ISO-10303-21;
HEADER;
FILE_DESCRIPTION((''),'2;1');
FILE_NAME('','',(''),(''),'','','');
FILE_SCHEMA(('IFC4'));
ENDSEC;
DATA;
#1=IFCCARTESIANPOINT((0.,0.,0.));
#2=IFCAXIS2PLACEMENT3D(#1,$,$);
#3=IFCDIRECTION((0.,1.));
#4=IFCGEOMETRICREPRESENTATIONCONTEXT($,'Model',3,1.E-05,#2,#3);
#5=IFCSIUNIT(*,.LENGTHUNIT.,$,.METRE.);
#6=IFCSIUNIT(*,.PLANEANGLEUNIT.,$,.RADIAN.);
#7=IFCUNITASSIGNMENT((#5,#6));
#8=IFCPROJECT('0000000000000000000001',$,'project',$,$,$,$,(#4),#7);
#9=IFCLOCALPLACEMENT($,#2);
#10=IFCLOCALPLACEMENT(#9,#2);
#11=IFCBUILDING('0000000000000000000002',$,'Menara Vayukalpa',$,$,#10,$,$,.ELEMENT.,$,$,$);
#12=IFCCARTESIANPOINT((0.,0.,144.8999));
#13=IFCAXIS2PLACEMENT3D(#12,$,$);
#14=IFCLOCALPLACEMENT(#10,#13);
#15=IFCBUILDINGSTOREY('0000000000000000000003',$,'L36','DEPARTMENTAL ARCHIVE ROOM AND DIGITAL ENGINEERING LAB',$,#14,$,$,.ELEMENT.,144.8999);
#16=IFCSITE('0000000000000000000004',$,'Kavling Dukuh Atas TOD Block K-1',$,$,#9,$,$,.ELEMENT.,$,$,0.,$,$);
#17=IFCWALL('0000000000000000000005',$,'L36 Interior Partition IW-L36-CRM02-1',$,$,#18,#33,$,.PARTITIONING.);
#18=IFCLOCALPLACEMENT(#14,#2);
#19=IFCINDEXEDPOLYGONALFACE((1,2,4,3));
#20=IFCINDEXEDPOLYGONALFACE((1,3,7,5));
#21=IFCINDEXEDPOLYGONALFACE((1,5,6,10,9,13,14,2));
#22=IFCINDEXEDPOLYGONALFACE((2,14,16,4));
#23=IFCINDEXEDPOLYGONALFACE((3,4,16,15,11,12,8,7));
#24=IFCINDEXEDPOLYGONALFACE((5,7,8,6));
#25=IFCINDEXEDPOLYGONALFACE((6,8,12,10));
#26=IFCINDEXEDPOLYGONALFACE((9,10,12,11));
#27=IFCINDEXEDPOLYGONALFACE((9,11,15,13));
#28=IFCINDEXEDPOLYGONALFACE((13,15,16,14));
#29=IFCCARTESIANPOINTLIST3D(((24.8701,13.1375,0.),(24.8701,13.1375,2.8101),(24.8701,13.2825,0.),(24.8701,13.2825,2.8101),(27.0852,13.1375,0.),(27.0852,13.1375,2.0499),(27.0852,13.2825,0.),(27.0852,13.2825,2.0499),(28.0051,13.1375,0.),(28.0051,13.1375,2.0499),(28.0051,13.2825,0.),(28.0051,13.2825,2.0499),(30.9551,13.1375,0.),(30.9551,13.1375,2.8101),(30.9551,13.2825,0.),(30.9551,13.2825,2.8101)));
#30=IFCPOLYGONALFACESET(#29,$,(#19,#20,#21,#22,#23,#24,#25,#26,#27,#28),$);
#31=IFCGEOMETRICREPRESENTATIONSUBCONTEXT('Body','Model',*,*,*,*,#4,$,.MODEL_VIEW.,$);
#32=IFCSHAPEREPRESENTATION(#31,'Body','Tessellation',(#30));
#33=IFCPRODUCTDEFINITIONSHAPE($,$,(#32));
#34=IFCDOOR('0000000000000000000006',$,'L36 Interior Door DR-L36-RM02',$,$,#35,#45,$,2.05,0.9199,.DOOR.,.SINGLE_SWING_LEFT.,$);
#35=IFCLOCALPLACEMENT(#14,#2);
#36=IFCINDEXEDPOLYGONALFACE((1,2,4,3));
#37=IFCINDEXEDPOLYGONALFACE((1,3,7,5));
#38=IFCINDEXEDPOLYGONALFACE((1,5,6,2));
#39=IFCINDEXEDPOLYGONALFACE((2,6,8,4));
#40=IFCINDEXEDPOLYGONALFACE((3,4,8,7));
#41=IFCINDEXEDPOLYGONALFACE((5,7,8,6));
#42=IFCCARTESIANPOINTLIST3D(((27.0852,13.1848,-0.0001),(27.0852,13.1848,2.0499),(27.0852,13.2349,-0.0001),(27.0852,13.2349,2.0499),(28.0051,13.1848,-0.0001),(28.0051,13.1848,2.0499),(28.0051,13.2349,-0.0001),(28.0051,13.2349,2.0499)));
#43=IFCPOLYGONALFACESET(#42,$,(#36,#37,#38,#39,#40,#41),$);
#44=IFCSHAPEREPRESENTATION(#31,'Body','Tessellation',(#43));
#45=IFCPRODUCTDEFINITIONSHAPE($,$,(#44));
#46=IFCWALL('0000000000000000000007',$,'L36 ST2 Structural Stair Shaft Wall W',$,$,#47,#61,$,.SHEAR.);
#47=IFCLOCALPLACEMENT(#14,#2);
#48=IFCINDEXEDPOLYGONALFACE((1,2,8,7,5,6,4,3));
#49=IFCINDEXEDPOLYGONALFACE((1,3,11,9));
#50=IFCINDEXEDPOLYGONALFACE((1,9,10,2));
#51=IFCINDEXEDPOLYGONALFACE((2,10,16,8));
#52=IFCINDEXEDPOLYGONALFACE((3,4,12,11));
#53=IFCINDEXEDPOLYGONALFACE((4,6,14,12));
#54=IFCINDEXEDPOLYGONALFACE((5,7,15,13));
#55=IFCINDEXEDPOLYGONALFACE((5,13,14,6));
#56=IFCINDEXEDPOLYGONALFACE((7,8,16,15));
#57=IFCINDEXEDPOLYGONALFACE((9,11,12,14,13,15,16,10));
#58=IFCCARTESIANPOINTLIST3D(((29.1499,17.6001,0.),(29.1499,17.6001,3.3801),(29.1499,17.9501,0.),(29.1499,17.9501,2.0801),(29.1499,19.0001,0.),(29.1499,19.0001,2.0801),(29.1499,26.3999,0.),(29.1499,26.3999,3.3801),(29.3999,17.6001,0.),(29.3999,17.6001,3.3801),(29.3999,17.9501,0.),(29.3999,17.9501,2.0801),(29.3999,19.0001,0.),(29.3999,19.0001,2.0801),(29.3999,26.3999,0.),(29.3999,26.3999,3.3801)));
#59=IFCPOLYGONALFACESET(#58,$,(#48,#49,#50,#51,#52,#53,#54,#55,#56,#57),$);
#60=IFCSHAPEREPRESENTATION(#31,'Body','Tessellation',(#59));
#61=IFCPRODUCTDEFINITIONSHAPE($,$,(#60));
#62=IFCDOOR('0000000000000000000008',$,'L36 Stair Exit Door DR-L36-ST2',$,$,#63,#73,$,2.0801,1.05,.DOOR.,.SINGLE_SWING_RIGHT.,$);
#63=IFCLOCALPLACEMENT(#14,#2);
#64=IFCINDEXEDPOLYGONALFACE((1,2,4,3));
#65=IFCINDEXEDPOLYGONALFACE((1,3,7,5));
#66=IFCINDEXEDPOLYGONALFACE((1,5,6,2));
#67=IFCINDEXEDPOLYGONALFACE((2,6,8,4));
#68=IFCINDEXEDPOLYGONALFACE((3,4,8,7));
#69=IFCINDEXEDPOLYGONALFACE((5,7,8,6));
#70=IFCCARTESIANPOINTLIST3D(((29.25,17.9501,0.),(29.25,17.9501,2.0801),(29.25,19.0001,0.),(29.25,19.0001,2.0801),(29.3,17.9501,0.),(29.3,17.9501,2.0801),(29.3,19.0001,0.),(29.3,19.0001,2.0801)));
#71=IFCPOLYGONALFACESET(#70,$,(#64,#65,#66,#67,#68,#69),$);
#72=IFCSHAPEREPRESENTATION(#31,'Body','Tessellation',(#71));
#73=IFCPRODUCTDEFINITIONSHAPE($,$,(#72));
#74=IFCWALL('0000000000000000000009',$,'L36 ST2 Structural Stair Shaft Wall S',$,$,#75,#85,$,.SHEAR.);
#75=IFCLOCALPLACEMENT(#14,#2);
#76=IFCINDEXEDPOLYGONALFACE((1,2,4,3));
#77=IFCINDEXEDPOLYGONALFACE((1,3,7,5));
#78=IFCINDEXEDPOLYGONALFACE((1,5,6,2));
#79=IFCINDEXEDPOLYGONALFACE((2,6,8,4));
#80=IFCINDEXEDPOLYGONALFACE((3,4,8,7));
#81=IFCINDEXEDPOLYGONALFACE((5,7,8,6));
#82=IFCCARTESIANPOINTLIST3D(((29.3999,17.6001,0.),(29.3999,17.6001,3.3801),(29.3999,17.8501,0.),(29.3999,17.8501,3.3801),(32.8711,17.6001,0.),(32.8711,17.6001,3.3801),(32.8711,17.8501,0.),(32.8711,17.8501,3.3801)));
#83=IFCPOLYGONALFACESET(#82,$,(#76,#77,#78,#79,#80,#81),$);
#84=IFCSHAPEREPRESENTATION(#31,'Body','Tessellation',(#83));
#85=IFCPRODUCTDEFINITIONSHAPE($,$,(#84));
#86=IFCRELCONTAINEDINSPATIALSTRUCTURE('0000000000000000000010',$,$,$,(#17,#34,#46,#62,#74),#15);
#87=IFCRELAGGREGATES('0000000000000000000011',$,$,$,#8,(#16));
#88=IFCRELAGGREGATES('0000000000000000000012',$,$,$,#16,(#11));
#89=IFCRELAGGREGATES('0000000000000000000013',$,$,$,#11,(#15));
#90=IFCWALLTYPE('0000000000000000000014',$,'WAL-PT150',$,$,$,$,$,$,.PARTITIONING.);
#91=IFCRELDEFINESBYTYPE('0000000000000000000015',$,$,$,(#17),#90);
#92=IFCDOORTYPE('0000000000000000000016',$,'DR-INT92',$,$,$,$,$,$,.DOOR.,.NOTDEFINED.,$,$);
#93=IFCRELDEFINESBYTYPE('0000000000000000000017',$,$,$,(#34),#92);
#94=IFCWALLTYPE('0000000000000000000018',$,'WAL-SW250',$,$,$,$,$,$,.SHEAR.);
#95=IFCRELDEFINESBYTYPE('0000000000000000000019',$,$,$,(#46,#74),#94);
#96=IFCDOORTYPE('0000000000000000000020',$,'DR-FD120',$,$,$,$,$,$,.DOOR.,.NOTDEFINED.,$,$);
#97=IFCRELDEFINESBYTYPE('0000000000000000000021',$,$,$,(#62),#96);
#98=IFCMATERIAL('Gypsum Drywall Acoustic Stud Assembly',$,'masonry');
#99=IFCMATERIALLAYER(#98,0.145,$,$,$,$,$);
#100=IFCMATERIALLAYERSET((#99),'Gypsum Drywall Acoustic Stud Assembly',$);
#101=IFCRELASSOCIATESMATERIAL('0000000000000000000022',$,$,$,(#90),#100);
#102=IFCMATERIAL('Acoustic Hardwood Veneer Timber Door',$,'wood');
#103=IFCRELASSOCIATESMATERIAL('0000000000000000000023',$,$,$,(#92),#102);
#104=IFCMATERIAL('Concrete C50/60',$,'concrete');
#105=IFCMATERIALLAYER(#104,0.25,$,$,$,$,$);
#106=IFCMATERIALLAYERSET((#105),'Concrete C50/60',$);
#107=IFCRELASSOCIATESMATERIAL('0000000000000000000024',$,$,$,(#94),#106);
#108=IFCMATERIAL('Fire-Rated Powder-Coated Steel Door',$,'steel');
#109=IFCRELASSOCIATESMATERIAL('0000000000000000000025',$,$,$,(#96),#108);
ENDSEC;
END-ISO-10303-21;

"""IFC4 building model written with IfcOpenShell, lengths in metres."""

from ifc_helpers import new_model, si_unit, direction, frame, frame_2d, origin, place, context, subcontext, project, spatial, rectangle, extrude, material, layer, layer_set, type_object, element, fill, save


model = new_model("IFC4")

# Units and contexts
model_context = context("Model", 3, precision=1e-05, world=origin(), true_north=direction((0.0, 1.0)))
body_context = subcontext(model_context, "Body", "Model", "MODEL_VIEW")
ifc_project = project(units=[si_unit("LENGTHUNIT", "METRE"), si_unit("PLANEANGLEUNIT", "RADIAN")], contexts=[model_context])

# Site, building, storey
site_placement = place(None, origin())
site = spatial("IfcSite", under=ifc_project, at=site_placement, Name="Kavling Dukuh Atas TOD Block K-1", CompositionType="ELEMENT", RefElevation=0.0)
building_placement = place(site_placement, origin())
building = spatial("IfcBuilding", under=site, at=building_placement, Name="Menara Vayukalpa", CompositionType="ELEMENT")
storey_placement = place(building_placement, frame((0.0, 0.0, 144.8999)))
storey = spatial("IfcBuildingStorey", under=building, at=storey_placement, Name="L36", Description="DEPARTMENTAL ARCHIVE ROOM AND DIGITAL ENGINEERING LAB", CompositionType="ELEMENT", Elevation=144.8999)

# Shared definitions
ifc_material_1 = material(Name="Gypsum Drywall Acoustic Stud Assembly", Category="masonry")
ifc_layer_1 = layer(ifc_material_1, 0.145)
ifc_layer_set_1 = layer_set([ifc_layer_1], Name="Gypsum Drywall Acoustic Stud Assembly")
wall_type_1 = type_object("IfcWallType", Name="WAL-PT150", PredefinedType="PARTITIONING", material=ifc_layer_set_1)
ifc_material_2 = material(Name="Acoustic Hardwood Veneer Timber Door", Category="wood")
door_type_1 = type_object("IfcDoorType", Name="DR-INT92", OperationType="NOTDEFINED", PredefinedType="DOOR", material=ifc_material_2)

# Walls, openings, doors
wall_1_placement = place(storey_placement, frame((24.8701, 13.21, 0.0), z_axis=(0.0, 0.0, 1.0), x_axis=(1.0, 0.0, 0.0)))
wall_1 = element("IfcWall", 1, at=wall_1_placement, inside=storey, type_object=wall_type_1, Name="L36 Interior Partition IW-L36-CRM02-1", PredefinedType="PARTITIONING", context=body_context, shape_type="SweptSolid", body=[
    extrude(rectangle(XDim=6.085, YDim=0.145, at=frame_2d((3.0425, 0.0))), origin(), (0.0, 0.0, 1.0), 2.8101),
])
opening_1_placement = place(wall_1_placement, frame((2.2151, 0.0, 0.0)))
opening_1 = element("IfcOpeningElement", 2, at=opening_1_placement, cuts=wall_1, PredefinedType="OPENING", context=body_context, shape_type="SweptSolid", body=[
    extrude(rectangle(XDim=0.9199, YDim=2.05, at=frame_2d((0.46, 1.0249))), frame((0.0, 0.0825, 0.0), z_axis=(0.0, -1.0, 0.0), x_axis=(1.0, 0.0, 0.0)), (0.0, 0.0, 1.0), 0.165),
])
door_1_placement = place(opening_1_placement, origin())
door_1 = element("IfcDoor", 3, at=door_1_placement, inside=storey, type_object=door_type_1, Name="L36 Interior Door DR-L36-RM02", OperationType="SINGLE_SWING_LEFT", OverallHeight=2.05, OverallWidth=0.9199, PredefinedType="DOOR", context=body_context, shape_type="SweptSolid", body=[
    extrude(rectangle(XDim=0.9199, YDim=2.05, at=frame_2d((0.46, 1.0249))), frame((0.0, 0.0249, 0.0), z_axis=(0.0, -1.0, 0.0), x_axis=(1.0, 0.0, 0.0)), (0.0, 0.0, 1.0), 0.05),
])
fill(opening_1, door_1)
ifc_material_3 = material(Name="Concrete C50/60", Category="concrete")
ifc_layer_2 = layer(ifc_material_3, 0.25)
ifc_layer_set_2 = layer_set([ifc_layer_2], Name="Concrete C50/60")
wall_type_2 = type_object("IfcWallType", Name="WAL-SW250", PredefinedType="SHEAR", material=ifc_layer_set_2)
wall_2_placement = place(storey_placement, frame((29.2749, 17.6001, 0.0), z_axis=(0.0, 0.0, 1.0), x_axis=(0.0, 1.0, 0.0)))
wall_2 = element("IfcWall", 4, at=wall_2_placement, inside=storey, type_object=wall_type_2, Name="L36 ST2 Structural Stair Shaft Wall W", PredefinedType="SHEAR", context=body_context, shape_type="SweptSolid", body=[
    extrude(rectangle(XDim=8.7998, YDim=0.25, at=frame_2d((4.3999, 0.0))), origin(), (0.0, 0.0, 1.0), 3.3801),
])
opening_2_placement = place(wall_2_placement, frame((0.3501, 0.0, 0.0)))
opening_2 = element("IfcOpeningElement", 5, at=opening_2_placement, cuts=wall_2, PredefinedType="OPENING", context=body_context, shape_type="SweptSolid", body=[
    extrude(rectangle(XDim=1.05, YDim=2.0801, at=frame_2d((0.5249, 1.04))), frame((0.0, 0.135, 0.0), z_axis=(0.0, -1.0, 0.0), x_axis=(1.0, 0.0, 0.0)), (0.0, 0.0, 1.0), 0.27),
])
ifc_material_4 = material(Name="Fire-Rated Powder-Coated Steel Door", Category="steel")
door_type_2 = type_object("IfcDoorType", Name="DR-FD120", OperationType="NOTDEFINED", PredefinedType="DOOR", material=ifc_material_4)
door_2_placement = place(opening_2_placement, origin())
door_2 = element("IfcDoor", 6, at=door_2_placement, inside=storey, type_object=door_type_2, Name="L36 Stair Exit Door DR-L36-ST2", OperationType="SINGLE_SWING_RIGHT", OverallHeight=2.0801, OverallWidth=1.05, PredefinedType="DOOR", context=body_context, shape_type="SweptSolid", body=[
    extrude(rectangle(XDim=1.05, YDim=2.0801, at=frame_2d((0.5249, 1.04))), frame((0.0, 0.0249, 0.0), z_axis=(0.0, -1.0, 0.0), x_axis=(1.0, 0.0, 0.0)), (0.0, 0.0, 1.0), 0.05),
])
fill(opening_2, door_2)

# Wall
wall_3_placement = place(storey_placement, frame((29.3999, 17.7251, 0.0), z_axis=(0.0, 0.0, 1.0), x_axis=(1.0, 0.0, 0.0)))
element("IfcWall", 7, at=wall_3_placement, inside=storey, type_object=wall_type_2, Name="L36 ST2 Structural Stair Shaft Wall S", PredefinedType="SHEAR", context=body_context, shape_type="SweptSolid", body=[
    extrude(rectangle(XDim=3.4712, YDim=0.25, at=frame_2d((1.7356, 0.0))), origin(), (0.0, 0.0, 1.0), 3.3801),
])

save(model, "model.ifc")
